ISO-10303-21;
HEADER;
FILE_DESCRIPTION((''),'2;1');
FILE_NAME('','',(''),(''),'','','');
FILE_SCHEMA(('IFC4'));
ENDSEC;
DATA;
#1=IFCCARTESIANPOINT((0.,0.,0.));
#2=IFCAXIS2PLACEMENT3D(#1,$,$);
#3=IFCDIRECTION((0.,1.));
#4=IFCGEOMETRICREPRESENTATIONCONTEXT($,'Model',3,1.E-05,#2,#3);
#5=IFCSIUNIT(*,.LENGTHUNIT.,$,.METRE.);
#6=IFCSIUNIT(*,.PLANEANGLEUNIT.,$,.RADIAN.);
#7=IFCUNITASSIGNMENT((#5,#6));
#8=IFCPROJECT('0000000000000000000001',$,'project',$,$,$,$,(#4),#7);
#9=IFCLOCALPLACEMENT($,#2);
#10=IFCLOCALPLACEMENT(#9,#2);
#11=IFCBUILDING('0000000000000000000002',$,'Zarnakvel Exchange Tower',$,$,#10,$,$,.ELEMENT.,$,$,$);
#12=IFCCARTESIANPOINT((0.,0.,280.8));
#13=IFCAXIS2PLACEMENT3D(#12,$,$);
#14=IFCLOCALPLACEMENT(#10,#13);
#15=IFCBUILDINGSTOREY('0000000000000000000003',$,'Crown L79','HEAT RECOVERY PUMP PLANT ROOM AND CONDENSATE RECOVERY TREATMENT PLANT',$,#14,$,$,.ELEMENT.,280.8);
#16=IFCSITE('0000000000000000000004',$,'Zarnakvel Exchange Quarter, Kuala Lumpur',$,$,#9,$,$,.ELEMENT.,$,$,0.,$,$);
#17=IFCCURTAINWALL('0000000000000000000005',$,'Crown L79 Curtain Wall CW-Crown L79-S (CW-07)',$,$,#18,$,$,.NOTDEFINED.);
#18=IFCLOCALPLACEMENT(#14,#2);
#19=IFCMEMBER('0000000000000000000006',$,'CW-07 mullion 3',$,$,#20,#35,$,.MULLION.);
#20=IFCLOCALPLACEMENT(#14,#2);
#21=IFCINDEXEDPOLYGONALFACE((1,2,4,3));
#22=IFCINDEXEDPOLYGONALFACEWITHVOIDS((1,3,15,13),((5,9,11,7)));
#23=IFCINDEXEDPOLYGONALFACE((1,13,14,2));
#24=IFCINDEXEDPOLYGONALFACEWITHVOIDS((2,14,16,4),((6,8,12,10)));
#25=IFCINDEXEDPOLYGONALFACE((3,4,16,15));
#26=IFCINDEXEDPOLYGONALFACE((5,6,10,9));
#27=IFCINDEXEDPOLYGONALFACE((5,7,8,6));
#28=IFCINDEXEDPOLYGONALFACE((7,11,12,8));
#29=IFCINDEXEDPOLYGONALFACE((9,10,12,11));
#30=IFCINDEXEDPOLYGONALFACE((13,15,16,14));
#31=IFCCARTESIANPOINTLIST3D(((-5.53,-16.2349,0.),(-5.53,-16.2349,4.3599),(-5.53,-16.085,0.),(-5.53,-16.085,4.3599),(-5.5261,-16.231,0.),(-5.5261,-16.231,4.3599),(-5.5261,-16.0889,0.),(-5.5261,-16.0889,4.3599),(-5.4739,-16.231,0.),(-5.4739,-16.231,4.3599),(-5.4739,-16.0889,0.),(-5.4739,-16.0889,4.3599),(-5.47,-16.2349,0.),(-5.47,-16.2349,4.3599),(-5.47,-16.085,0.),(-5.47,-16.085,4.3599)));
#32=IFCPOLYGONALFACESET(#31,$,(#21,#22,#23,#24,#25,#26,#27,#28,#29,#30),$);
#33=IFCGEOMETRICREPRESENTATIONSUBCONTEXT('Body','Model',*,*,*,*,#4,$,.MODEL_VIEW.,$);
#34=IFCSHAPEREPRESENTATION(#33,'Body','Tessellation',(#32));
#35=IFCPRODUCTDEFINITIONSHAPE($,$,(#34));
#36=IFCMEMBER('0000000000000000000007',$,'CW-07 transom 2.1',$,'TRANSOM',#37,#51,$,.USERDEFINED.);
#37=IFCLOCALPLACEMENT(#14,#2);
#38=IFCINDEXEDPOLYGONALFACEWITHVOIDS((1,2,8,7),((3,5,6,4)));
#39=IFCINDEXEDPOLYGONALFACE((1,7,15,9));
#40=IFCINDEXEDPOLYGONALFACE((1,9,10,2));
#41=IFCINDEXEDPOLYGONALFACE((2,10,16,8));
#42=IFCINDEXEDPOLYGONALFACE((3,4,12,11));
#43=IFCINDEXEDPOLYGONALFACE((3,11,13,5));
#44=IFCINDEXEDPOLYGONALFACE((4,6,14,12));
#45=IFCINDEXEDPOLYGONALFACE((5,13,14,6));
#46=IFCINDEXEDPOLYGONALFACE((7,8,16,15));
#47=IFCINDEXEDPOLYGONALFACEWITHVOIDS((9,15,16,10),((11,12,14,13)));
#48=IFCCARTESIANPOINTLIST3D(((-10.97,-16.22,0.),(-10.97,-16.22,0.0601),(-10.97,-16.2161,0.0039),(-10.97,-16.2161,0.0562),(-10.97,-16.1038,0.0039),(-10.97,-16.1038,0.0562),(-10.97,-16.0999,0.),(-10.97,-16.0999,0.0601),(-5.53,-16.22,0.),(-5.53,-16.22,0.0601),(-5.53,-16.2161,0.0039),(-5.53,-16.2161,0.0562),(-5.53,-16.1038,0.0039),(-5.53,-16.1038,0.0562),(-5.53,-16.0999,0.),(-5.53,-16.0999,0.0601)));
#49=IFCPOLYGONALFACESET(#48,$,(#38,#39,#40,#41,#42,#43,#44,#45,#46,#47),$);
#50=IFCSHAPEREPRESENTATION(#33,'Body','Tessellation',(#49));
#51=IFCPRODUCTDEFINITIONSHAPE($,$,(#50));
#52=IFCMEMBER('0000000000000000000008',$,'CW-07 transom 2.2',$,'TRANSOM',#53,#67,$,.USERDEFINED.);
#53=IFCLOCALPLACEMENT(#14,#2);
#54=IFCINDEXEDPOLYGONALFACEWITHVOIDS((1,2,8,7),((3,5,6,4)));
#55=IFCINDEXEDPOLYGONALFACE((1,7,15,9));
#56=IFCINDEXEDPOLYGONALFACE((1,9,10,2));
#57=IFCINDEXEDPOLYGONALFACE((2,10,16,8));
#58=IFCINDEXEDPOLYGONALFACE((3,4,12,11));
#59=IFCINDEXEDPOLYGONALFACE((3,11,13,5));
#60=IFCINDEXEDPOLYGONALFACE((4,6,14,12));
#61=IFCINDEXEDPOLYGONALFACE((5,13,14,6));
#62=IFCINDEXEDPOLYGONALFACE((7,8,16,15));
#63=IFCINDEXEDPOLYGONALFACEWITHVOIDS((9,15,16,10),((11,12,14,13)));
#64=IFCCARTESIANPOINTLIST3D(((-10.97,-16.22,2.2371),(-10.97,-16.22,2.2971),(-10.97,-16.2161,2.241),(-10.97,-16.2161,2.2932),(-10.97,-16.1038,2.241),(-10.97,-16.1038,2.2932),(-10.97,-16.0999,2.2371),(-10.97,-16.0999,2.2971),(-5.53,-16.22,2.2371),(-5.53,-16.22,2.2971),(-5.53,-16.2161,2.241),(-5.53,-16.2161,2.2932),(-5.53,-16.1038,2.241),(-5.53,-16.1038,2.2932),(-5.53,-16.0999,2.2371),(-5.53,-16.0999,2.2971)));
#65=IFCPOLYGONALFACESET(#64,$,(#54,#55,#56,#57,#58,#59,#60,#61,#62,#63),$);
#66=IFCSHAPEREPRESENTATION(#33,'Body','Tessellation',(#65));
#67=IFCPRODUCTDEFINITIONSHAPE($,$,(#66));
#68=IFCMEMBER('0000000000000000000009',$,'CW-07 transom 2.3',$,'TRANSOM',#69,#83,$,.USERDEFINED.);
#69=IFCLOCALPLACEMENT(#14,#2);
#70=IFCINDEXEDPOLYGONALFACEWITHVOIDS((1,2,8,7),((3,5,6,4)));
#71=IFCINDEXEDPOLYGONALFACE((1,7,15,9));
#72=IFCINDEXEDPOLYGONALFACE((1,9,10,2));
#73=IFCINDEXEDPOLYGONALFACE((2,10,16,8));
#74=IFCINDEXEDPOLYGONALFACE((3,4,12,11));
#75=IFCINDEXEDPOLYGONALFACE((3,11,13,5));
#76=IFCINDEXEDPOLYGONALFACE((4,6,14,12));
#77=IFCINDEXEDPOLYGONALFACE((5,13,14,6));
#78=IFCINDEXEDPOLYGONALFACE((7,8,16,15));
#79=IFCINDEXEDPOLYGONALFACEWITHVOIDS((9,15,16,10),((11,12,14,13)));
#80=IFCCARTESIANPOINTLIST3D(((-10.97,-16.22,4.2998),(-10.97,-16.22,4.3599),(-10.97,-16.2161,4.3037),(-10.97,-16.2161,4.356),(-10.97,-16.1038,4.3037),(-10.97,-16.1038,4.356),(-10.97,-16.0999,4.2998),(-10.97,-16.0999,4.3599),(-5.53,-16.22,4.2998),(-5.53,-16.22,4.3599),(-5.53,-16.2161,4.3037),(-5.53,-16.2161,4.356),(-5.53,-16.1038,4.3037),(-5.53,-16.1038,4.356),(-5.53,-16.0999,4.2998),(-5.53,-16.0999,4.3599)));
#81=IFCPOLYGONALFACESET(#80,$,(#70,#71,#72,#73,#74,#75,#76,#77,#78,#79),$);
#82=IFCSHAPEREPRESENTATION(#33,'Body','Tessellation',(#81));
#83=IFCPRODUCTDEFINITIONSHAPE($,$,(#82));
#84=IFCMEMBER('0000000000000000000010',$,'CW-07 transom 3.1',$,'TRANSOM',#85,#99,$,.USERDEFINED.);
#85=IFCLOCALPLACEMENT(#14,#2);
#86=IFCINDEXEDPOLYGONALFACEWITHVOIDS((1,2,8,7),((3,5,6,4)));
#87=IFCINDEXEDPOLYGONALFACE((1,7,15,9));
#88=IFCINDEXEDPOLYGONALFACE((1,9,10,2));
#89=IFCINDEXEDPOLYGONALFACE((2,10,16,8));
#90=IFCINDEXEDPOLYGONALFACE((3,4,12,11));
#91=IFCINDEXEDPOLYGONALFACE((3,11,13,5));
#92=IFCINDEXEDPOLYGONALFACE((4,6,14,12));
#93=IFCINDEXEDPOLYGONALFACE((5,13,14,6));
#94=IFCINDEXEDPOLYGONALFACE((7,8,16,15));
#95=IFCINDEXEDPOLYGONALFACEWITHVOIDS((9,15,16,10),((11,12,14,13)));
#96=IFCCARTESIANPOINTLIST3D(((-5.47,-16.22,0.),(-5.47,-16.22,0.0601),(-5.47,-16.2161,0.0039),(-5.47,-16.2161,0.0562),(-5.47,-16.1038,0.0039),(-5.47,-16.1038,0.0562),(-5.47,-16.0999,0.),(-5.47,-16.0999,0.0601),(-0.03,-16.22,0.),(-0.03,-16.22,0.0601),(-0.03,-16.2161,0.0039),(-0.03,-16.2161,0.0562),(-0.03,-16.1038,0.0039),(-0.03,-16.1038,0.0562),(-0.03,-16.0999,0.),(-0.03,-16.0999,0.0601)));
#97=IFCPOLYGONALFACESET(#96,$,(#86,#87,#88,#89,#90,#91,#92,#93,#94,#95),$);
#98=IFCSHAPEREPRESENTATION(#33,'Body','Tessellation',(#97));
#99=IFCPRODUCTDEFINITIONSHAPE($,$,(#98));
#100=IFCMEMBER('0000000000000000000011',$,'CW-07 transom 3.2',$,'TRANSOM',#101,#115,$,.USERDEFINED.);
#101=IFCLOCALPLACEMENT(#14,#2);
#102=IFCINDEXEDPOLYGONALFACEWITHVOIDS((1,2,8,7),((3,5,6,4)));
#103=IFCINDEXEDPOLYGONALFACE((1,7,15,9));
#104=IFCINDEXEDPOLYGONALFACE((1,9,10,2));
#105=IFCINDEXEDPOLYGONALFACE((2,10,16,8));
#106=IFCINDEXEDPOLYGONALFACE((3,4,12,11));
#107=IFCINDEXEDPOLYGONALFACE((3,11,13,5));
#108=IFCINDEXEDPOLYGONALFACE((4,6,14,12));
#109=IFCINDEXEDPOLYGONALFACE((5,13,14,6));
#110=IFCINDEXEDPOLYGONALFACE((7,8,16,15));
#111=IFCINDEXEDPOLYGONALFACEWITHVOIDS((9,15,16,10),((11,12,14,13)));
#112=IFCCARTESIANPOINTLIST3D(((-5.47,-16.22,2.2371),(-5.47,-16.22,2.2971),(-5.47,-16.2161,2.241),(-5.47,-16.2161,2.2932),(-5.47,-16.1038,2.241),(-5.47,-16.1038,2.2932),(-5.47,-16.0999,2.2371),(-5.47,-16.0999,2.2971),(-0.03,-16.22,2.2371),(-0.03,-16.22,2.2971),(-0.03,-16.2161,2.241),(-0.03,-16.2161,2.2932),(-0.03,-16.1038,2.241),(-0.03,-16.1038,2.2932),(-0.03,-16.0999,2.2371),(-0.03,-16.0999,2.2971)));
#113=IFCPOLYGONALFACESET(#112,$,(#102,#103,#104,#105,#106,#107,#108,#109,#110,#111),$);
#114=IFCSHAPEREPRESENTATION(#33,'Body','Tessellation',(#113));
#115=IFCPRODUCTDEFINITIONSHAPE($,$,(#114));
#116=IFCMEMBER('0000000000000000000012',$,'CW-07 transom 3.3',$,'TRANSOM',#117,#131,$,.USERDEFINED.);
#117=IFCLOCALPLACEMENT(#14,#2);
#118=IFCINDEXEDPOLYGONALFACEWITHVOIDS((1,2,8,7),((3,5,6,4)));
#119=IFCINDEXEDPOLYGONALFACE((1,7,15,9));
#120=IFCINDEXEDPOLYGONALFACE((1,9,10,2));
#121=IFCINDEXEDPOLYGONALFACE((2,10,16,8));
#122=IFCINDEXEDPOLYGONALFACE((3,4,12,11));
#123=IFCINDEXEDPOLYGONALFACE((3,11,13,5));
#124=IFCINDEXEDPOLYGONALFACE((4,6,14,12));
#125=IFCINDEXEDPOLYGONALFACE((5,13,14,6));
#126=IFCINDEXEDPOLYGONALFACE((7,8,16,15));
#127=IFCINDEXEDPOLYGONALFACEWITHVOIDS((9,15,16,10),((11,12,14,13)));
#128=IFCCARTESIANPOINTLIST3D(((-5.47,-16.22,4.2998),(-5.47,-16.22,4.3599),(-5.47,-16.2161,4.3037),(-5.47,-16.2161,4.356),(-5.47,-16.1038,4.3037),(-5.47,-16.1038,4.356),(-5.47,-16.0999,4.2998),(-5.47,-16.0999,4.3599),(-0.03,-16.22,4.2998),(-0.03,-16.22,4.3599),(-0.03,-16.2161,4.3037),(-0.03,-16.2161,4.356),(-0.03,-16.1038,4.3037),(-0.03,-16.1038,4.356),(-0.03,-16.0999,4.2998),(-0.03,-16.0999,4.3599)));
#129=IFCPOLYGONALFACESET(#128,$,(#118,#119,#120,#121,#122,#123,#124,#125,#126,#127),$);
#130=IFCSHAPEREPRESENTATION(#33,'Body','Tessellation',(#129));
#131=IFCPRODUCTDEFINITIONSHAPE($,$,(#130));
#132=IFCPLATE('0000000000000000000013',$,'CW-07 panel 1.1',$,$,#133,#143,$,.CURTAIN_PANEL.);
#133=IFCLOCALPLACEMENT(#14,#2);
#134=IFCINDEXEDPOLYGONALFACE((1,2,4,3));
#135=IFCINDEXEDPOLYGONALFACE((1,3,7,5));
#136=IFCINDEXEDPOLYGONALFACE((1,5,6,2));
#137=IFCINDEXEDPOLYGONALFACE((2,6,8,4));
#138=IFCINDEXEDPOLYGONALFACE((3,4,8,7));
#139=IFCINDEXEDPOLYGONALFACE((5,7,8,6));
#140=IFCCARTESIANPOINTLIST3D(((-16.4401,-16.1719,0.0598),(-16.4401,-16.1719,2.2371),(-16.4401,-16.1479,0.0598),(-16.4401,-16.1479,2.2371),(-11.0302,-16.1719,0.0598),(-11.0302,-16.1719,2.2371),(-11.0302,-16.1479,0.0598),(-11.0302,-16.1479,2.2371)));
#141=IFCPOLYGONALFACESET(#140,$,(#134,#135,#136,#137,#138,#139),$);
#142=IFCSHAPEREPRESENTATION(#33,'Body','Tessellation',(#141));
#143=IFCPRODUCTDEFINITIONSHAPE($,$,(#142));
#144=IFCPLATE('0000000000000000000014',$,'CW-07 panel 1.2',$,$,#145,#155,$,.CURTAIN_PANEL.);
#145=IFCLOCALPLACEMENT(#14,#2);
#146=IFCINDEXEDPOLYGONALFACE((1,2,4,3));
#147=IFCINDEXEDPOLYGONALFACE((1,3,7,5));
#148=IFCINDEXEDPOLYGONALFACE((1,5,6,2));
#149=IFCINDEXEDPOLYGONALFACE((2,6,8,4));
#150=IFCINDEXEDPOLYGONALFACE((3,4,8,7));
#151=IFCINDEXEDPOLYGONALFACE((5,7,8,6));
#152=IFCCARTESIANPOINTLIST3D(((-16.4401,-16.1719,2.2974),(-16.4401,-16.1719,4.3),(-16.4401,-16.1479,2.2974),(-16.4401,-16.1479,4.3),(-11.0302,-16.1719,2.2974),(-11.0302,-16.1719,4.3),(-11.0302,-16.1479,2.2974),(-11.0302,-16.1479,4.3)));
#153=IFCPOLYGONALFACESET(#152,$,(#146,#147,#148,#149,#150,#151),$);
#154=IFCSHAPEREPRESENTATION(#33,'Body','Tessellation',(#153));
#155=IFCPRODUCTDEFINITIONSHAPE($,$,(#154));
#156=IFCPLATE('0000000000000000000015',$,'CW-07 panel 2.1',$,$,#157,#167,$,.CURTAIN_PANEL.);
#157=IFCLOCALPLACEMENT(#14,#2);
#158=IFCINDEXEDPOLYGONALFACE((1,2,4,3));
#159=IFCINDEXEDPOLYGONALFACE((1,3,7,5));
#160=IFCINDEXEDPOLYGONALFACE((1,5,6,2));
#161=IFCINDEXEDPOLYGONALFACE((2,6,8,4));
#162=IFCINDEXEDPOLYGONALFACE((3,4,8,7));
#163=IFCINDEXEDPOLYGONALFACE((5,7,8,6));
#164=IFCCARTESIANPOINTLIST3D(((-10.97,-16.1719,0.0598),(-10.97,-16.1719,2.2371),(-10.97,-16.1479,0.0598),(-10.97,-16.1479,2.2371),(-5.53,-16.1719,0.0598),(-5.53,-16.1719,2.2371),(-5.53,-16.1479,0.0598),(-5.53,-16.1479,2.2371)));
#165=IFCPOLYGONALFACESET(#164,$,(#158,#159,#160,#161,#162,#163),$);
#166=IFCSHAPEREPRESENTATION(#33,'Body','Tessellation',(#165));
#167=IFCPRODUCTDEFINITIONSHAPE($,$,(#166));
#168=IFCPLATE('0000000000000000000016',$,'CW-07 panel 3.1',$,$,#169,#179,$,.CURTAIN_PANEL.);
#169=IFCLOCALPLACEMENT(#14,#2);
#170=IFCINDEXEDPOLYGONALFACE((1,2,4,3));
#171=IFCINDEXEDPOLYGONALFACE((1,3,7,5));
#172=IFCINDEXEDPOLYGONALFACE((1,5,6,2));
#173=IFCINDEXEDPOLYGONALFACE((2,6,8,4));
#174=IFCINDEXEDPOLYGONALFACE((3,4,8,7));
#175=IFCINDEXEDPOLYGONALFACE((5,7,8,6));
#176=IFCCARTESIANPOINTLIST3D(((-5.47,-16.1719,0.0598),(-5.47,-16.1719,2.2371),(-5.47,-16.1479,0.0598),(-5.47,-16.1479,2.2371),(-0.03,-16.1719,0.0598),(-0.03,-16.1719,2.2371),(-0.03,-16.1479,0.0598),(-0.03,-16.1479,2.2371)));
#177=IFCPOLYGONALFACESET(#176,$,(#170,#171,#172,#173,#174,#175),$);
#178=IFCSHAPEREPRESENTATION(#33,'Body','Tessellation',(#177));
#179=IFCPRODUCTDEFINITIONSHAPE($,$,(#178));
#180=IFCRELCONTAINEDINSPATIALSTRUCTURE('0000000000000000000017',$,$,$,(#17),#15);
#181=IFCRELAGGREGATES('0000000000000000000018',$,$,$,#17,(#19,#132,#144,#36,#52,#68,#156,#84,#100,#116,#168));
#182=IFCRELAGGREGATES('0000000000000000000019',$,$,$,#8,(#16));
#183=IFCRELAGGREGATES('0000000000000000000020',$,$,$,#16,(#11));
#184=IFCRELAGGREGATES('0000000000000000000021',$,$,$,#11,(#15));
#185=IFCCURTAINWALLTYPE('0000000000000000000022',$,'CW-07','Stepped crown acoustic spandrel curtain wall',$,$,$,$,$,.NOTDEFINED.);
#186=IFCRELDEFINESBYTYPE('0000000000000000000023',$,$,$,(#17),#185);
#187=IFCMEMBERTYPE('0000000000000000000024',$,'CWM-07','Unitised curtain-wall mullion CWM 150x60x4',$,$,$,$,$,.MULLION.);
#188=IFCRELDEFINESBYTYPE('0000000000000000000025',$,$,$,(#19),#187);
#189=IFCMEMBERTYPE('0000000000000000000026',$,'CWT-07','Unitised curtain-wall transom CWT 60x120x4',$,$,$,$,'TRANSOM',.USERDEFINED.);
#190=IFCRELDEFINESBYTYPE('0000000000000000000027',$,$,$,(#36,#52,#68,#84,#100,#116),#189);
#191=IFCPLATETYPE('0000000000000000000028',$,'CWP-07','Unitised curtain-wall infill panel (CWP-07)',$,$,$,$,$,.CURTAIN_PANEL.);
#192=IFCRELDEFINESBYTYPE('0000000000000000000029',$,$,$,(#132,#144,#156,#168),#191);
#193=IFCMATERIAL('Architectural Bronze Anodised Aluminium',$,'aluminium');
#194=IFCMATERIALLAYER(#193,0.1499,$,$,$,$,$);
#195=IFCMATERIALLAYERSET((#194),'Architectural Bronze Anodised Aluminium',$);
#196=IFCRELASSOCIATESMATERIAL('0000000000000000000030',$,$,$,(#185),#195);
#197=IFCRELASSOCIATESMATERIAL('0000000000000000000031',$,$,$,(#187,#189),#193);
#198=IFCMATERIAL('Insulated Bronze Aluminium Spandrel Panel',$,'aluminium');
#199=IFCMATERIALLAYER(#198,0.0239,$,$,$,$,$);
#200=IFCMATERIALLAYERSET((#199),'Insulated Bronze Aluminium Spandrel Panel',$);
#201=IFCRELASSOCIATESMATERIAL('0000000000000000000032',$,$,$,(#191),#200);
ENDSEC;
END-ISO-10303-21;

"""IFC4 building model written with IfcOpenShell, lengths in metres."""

from ifc_helpers import new_model, si_unit, direction, frame, origin, origin_2d, place, context, subcontext, project, spatial, rectangle, hollow_rectangle, extrude, source, transform, mapped, material, layer, layer_set, material_profile, profile_set, type_object, element, aggregate, save


model = new_model("IFC4")

# Units and contexts
model_context = context("Model", 3, precision=1e-05, world=origin(), true_north=direction((0.0, 1.0)))
body_context = subcontext(model_context, "Body", "Model", "MODEL_VIEW")
ifc_project = project(units=[si_unit("LENGTHUNIT", "METRE"), si_unit("PLANEANGLEUNIT", "RADIAN")], contexts=[model_context])

# Site, building, storey
site_placement = place(None, origin())
site = spatial("IfcSite", under=ifc_project, at=site_placement, Name="Zarnakvel Exchange Quarter, Kuala Lumpur", CompositionType="ELEMENT", RefElevation=0.0)
building_placement = place(site_placement, origin())
building = spatial("IfcBuilding", under=site, at=building_placement, Name="Zarnakvel Exchange Tower", CompositionType="ELEMENT")
storey_placement = place(building_placement, frame((0.0, 0.0, 280.8)))
storey = spatial("IfcBuildingStorey", under=building, at=storey_placement, Name="Crown L79", Description="HEAT RECOVERY PUMP PLANT ROOM AND CONDENSATE RECOVERY TREATMENT PLANT", CompositionType="ELEMENT", Elevation=280.8)

# Curtain wall, members, plates
ifc_material_1 = material(Name="Architectural Bronze Anodised Aluminium", Category="aluminium")
ifc_layer_1 = layer(ifc_material_1, 0.1499)
ifc_layer_set_1 = layer_set([ifc_layer_1], Name="Architectural Bronze Anodised Aluminium")
curtain_wall_type = type_object("IfcCurtainWallType", Name="CW-07", Description="Stepped crown acoustic spandrel curtain wall", PredefinedType="NOTDEFINED", material=ifc_layer_set_1)
curtain_wall_placement = place(storey_placement, origin())
curtain_wall = element("IfcCurtainWall", 1, at=curtain_wall_placement, inside=storey, type_object=curtain_wall_type, Name="Crown L79 Curtain Wall CW-Crown L79-S (CW-07)", PredefinedType="NOTDEFINED")
ifc_material_profile_1 = material_profile(ifc_material_1, hollow_rectangle(XDim=0.1499, YDim=0.0601, WallThickness=0.0039, at=origin_2d()))
ifc_profile_set_1 = profile_set([ifc_material_profile_1], Name="Architectural Bronze Anodised Aluminium")
member_type_1 = type_object("IfcMemberType", Name="CWM-07", Description="Unitised curtain-wall mullion CWM 150x60x4", PredefinedType="MULLION", material=ifc_profile_set_1)
shared_shape_1 = source(origin(), body_context, "Body", "SweptSolid", [
    extrude(hollow_rectangle(XDim=0.1499, YDim=0.0601, WallThickness=0.0039, at=origin_2d()), origin(), (0.0, 0.0, 1.0), 4.3599),
])
member_1_placement = place(storey_placement, frame((-5.5, -16.1599, 0.0), z_axis=(0.0, 0.0, 1.0), x_axis=(0.0, 1.0, 0.0)))
member_1 = element("IfcMember", 2, at=member_1_placement, type_object=member_type_1, Name="CW-07 mullion 3", PredefinedType="MULLION", context=body_context, shape_type="MappedRepresentation", body=[
    mapped(shared_shape_1, transform((0.0, 0.0, 0.0), x_axis=(1.0, 0.0, 0.0), y_axis=(0.0, 1.0, 0.0), z_axis=(0.0, 0.0, 1.0), scale=1.0)),
])
ifc_material_profile_2 = material_profile(ifc_material_1, hollow_rectangle(XDim=0.1201, YDim=0.0601, WallThickness=0.0039, at=origin_2d()))
ifc_profile_set_2 = profile_set([ifc_material_profile_2], Name="Architectural Bronze Anodised Aluminium")
member_type_2 = type_object("IfcMemberType", Name="CWT-07", Description="Unitised curtain-wall transom CWT 60x120x4", ElementType="TRANSOM", PredefinedType="USERDEFINED", material=ifc_profile_set_2)
shared_shape_2 = source(origin(), body_context, "Body", "SweptSolid", [
    extrude(hollow_rectangle(XDim=0.1201, YDim=0.0601, WallThickness=0.0039, at=origin_2d()), origin(), (0.0, 0.0, 1.0), 5.4399),
])
member_2_placement = place(storey_placement, frame((-10.97, -16.1599, 0.03), z_axis=(1.0, 0.0, 0.0), x_axis=(0.0, 1.0, 0.0)))
member_2 = element("IfcMember", 3, at=member_2_placement, type_object=member_type_2, Name="CW-07 transom 2.1", ObjectType="TRANSOM", PredefinedType="USERDEFINED", context=body_context, shape_type="MappedRepresentation", body=[
    mapped(shared_shape_2, transform((0.0, 0.0, 0.0), x_axis=(1.0, 0.0, 0.0), y_axis=(0.0, 1.0, 0.0), z_axis=(0.0, 0.0, 1.0), scale=1.0)),
])
member_3_placement = place(storey_placement, frame((-10.97, -16.1599, 2.2671), z_axis=(1.0, 0.0, 0.0), x_axis=(0.0, 1.0, 0.0)))
member_3 = element("IfcMember", 4, at=member_3_placement, type_object=member_type_2, Name="CW-07 transom 2.2", ObjectType="TRANSOM", PredefinedType="USERDEFINED", context=body_context, shape_type="MappedRepresentation", body=[
    mapped(shared_shape_2, transform((0.0, 0.0, 0.0), x_axis=(1.0, 0.0, 0.0), y_axis=(0.0, 1.0, 0.0), z_axis=(0.0, 0.0, 1.0), scale=1.0)),
])
member_4_placement = place(storey_placement, frame((-10.97, -16.1599, 4.3298), z_axis=(1.0, 0.0, 0.0), x_axis=(0.0, 1.0, 0.0)))
member_4 = element("IfcMember", 5, at=member_4_placement, type_object=member_type_2, Name="CW-07 transom 2.3", ObjectType="TRANSOM", PredefinedType="USERDEFINED", context=body_context, shape_type="MappedRepresentation", body=[
    mapped(shared_shape_2, transform((0.0, 0.0, 0.0), x_axis=(1.0, 0.0, 0.0), y_axis=(0.0, 1.0, 0.0), z_axis=(0.0, 0.0, 1.0), scale=1.0)),
])
member_5_placement = place(storey_placement, frame((-5.47, -16.1599, 0.03), z_axis=(1.0, 0.0, 0.0), x_axis=(0.0, 1.0, 0.0)))
member_5 = element("IfcMember", 6, at=member_5_placement, type_object=member_type_2, Name="CW-07 transom 3.1", ObjectType="TRANSOM", PredefinedType="USERDEFINED", context=body_context, shape_type="MappedRepresentation", body=[
    mapped(shared_shape_2, transform((0.0, 0.0, 0.0), x_axis=(1.0, 0.0, 0.0), y_axis=(0.0, 1.0, 0.0), z_axis=(0.0, 0.0, 1.0), scale=1.0)),
])
member_6_placement = place(storey_placement, frame((-5.47, -16.1599, 2.2671), z_axis=(1.0, 0.0, 0.0), x_axis=(0.0, 1.0, 0.0)))
member_6 = element("IfcMember", 7, at=member_6_placement, type_object=member_type_2, Name="CW-07 transom 3.2", ObjectType="TRANSOM", PredefinedType="USERDEFINED", context=body_context, shape_type="MappedRepresentation", body=[
    mapped(shared_shape_2, transform((0.0, 0.0, 0.0), x_axis=(1.0, 0.0, 0.0), y_axis=(0.0, 1.0, 0.0), z_axis=(0.0, 0.0, 1.0), scale=1.0)),
])
member_7_placement = place(storey_placement, frame((-5.47, -16.1599, 4.3298), z_axis=(1.0, 0.0, 0.0), x_axis=(0.0, 1.0, 0.0)))
member_7 = element("IfcMember", 8, at=member_7_placement, type_object=member_type_2, Name="CW-07 transom 3.3", ObjectType="TRANSOM", PredefinedType="USERDEFINED", context=body_context, shape_type="MappedRepresentation", body=[
    mapped(shared_shape_2, transform((0.0, 0.0, 0.0), x_axis=(1.0, 0.0, 0.0), y_axis=(0.0, 1.0, 0.0), z_axis=(0.0, 0.0, 1.0), scale=1.0)),
])
ifc_material_2 = material(Name="Insulated Bronze Aluminium Spandrel Panel", Category="aluminium")
ifc_layer_2 = layer(ifc_material_2, 0.0239)
ifc_layer_set_2 = layer_set([ifc_layer_2], Name="Insulated Bronze Aluminium Spandrel Panel")
plate_type = type_object("IfcPlateType", Name="CWP-07", Description="Unitised curtain-wall infill panel (CWP-07)", PredefinedType="CURTAIN_PANEL", material=ifc_layer_set_2)
shared_shape_3 = source(origin(), body_context, "Body", "SweptSolid", [
    extrude(rectangle(XDim=5.4099, YDim=0.0239, at=origin_2d()), origin(), (0.0, 0.0, 1.0), 2.1772),
])
plate_1_placement = place(storey_placement, frame((-13.7351, -16.1599, 0.0598), z_axis=(0.0, 0.0, 1.0), x_axis=(1.0, 0.0, 0.0)))
plate_1 = element("IfcPlate", 9, at=plate_1_placement, type_object=plate_type, Name="CW-07 panel 1.1", PredefinedType="CURTAIN_PANEL", context=body_context, shape_type="MappedRepresentation", body=[
    mapped(shared_shape_3, transform((0.0, 0.0, 0.0), x_axis=(1.0, 0.0, 0.0), y_axis=(0.0, 1.0, 0.0), z_axis=(0.0, 0.0, 1.0), scale=1.0)),
])
shared_shape_4 = source(origin(), body_context, "Body", "SweptSolid", [
    extrude(rectangle(XDim=5.4099, YDim=0.0239, at=origin_2d()), origin(), (0.0, 0.0, 1.0), 2.0027),
])
plate_2_placement = place(storey_placement, frame((-13.7351, -16.1599, 2.2974), z_axis=(0.0, 0.0, 1.0), x_axis=(1.0, 0.0, 0.0)))
plate_2 = element("IfcPlate", 10, at=plate_2_placement, type_object=plate_type, Name="CW-07 panel 1.2", PredefinedType="CURTAIN_PANEL", context=body_context, shape_type="MappedRepresentation", body=[
    mapped(shared_shape_4, transform((0.0, 0.0, 0.0), x_axis=(1.0, 0.0, 0.0), y_axis=(0.0, 1.0, 0.0), z_axis=(0.0, 0.0, 1.0), scale=1.0)),
])
shared_shape_5 = source(origin(), body_context, "Body", "SweptSolid", [
    extrude(rectangle(XDim=5.4399, YDim=0.0239, at=origin_2d()), origin(), (0.0, 0.0, 1.0), 2.1772),
])
plate_3_placement = place(storey_placement, frame((-8.25, -16.1599, 0.0598), z_axis=(0.0, 0.0, 1.0), x_axis=(1.0, 0.0, 0.0)))
plate_3 = element("IfcPlate", 11, at=plate_3_placement, type_object=plate_type, Name="CW-07 panel 2.1", PredefinedType="CURTAIN_PANEL", context=body_context, shape_type="MappedRepresentation", body=[
    mapped(shared_shape_5, transform((0.0, 0.0, 0.0), x_axis=(1.0, 0.0, 0.0), y_axis=(0.0, 1.0, 0.0), z_axis=(0.0, 0.0, 1.0), scale=1.0)),
])
plate_4_placement = place(storey_placement, frame((-2.75, -16.1599, 0.0598), z_axis=(0.0, 0.0, 1.0), x_axis=(1.0, 0.0, 0.0)))
plate_4 = element("IfcPlate", 12, at=plate_4_placement, type_object=plate_type, Name="CW-07 panel 3.1", PredefinedType="CURTAIN_PANEL", context=body_context, shape_type="MappedRepresentation", body=[
    mapped(shared_shape_5, transform((0.0, 0.0, 0.0), x_axis=(1.0, 0.0, 0.0), y_axis=(0.0, 1.0, 0.0), z_axis=(0.0, 0.0, 1.0), scale=1.0)),
])
aggregate(curtain_wall, [member_1, plate_1, plate_2, member_2, member_3, member_4, plate_3, member_5, member_6, member_7, plate_4])

save(model, "model.ifc")
